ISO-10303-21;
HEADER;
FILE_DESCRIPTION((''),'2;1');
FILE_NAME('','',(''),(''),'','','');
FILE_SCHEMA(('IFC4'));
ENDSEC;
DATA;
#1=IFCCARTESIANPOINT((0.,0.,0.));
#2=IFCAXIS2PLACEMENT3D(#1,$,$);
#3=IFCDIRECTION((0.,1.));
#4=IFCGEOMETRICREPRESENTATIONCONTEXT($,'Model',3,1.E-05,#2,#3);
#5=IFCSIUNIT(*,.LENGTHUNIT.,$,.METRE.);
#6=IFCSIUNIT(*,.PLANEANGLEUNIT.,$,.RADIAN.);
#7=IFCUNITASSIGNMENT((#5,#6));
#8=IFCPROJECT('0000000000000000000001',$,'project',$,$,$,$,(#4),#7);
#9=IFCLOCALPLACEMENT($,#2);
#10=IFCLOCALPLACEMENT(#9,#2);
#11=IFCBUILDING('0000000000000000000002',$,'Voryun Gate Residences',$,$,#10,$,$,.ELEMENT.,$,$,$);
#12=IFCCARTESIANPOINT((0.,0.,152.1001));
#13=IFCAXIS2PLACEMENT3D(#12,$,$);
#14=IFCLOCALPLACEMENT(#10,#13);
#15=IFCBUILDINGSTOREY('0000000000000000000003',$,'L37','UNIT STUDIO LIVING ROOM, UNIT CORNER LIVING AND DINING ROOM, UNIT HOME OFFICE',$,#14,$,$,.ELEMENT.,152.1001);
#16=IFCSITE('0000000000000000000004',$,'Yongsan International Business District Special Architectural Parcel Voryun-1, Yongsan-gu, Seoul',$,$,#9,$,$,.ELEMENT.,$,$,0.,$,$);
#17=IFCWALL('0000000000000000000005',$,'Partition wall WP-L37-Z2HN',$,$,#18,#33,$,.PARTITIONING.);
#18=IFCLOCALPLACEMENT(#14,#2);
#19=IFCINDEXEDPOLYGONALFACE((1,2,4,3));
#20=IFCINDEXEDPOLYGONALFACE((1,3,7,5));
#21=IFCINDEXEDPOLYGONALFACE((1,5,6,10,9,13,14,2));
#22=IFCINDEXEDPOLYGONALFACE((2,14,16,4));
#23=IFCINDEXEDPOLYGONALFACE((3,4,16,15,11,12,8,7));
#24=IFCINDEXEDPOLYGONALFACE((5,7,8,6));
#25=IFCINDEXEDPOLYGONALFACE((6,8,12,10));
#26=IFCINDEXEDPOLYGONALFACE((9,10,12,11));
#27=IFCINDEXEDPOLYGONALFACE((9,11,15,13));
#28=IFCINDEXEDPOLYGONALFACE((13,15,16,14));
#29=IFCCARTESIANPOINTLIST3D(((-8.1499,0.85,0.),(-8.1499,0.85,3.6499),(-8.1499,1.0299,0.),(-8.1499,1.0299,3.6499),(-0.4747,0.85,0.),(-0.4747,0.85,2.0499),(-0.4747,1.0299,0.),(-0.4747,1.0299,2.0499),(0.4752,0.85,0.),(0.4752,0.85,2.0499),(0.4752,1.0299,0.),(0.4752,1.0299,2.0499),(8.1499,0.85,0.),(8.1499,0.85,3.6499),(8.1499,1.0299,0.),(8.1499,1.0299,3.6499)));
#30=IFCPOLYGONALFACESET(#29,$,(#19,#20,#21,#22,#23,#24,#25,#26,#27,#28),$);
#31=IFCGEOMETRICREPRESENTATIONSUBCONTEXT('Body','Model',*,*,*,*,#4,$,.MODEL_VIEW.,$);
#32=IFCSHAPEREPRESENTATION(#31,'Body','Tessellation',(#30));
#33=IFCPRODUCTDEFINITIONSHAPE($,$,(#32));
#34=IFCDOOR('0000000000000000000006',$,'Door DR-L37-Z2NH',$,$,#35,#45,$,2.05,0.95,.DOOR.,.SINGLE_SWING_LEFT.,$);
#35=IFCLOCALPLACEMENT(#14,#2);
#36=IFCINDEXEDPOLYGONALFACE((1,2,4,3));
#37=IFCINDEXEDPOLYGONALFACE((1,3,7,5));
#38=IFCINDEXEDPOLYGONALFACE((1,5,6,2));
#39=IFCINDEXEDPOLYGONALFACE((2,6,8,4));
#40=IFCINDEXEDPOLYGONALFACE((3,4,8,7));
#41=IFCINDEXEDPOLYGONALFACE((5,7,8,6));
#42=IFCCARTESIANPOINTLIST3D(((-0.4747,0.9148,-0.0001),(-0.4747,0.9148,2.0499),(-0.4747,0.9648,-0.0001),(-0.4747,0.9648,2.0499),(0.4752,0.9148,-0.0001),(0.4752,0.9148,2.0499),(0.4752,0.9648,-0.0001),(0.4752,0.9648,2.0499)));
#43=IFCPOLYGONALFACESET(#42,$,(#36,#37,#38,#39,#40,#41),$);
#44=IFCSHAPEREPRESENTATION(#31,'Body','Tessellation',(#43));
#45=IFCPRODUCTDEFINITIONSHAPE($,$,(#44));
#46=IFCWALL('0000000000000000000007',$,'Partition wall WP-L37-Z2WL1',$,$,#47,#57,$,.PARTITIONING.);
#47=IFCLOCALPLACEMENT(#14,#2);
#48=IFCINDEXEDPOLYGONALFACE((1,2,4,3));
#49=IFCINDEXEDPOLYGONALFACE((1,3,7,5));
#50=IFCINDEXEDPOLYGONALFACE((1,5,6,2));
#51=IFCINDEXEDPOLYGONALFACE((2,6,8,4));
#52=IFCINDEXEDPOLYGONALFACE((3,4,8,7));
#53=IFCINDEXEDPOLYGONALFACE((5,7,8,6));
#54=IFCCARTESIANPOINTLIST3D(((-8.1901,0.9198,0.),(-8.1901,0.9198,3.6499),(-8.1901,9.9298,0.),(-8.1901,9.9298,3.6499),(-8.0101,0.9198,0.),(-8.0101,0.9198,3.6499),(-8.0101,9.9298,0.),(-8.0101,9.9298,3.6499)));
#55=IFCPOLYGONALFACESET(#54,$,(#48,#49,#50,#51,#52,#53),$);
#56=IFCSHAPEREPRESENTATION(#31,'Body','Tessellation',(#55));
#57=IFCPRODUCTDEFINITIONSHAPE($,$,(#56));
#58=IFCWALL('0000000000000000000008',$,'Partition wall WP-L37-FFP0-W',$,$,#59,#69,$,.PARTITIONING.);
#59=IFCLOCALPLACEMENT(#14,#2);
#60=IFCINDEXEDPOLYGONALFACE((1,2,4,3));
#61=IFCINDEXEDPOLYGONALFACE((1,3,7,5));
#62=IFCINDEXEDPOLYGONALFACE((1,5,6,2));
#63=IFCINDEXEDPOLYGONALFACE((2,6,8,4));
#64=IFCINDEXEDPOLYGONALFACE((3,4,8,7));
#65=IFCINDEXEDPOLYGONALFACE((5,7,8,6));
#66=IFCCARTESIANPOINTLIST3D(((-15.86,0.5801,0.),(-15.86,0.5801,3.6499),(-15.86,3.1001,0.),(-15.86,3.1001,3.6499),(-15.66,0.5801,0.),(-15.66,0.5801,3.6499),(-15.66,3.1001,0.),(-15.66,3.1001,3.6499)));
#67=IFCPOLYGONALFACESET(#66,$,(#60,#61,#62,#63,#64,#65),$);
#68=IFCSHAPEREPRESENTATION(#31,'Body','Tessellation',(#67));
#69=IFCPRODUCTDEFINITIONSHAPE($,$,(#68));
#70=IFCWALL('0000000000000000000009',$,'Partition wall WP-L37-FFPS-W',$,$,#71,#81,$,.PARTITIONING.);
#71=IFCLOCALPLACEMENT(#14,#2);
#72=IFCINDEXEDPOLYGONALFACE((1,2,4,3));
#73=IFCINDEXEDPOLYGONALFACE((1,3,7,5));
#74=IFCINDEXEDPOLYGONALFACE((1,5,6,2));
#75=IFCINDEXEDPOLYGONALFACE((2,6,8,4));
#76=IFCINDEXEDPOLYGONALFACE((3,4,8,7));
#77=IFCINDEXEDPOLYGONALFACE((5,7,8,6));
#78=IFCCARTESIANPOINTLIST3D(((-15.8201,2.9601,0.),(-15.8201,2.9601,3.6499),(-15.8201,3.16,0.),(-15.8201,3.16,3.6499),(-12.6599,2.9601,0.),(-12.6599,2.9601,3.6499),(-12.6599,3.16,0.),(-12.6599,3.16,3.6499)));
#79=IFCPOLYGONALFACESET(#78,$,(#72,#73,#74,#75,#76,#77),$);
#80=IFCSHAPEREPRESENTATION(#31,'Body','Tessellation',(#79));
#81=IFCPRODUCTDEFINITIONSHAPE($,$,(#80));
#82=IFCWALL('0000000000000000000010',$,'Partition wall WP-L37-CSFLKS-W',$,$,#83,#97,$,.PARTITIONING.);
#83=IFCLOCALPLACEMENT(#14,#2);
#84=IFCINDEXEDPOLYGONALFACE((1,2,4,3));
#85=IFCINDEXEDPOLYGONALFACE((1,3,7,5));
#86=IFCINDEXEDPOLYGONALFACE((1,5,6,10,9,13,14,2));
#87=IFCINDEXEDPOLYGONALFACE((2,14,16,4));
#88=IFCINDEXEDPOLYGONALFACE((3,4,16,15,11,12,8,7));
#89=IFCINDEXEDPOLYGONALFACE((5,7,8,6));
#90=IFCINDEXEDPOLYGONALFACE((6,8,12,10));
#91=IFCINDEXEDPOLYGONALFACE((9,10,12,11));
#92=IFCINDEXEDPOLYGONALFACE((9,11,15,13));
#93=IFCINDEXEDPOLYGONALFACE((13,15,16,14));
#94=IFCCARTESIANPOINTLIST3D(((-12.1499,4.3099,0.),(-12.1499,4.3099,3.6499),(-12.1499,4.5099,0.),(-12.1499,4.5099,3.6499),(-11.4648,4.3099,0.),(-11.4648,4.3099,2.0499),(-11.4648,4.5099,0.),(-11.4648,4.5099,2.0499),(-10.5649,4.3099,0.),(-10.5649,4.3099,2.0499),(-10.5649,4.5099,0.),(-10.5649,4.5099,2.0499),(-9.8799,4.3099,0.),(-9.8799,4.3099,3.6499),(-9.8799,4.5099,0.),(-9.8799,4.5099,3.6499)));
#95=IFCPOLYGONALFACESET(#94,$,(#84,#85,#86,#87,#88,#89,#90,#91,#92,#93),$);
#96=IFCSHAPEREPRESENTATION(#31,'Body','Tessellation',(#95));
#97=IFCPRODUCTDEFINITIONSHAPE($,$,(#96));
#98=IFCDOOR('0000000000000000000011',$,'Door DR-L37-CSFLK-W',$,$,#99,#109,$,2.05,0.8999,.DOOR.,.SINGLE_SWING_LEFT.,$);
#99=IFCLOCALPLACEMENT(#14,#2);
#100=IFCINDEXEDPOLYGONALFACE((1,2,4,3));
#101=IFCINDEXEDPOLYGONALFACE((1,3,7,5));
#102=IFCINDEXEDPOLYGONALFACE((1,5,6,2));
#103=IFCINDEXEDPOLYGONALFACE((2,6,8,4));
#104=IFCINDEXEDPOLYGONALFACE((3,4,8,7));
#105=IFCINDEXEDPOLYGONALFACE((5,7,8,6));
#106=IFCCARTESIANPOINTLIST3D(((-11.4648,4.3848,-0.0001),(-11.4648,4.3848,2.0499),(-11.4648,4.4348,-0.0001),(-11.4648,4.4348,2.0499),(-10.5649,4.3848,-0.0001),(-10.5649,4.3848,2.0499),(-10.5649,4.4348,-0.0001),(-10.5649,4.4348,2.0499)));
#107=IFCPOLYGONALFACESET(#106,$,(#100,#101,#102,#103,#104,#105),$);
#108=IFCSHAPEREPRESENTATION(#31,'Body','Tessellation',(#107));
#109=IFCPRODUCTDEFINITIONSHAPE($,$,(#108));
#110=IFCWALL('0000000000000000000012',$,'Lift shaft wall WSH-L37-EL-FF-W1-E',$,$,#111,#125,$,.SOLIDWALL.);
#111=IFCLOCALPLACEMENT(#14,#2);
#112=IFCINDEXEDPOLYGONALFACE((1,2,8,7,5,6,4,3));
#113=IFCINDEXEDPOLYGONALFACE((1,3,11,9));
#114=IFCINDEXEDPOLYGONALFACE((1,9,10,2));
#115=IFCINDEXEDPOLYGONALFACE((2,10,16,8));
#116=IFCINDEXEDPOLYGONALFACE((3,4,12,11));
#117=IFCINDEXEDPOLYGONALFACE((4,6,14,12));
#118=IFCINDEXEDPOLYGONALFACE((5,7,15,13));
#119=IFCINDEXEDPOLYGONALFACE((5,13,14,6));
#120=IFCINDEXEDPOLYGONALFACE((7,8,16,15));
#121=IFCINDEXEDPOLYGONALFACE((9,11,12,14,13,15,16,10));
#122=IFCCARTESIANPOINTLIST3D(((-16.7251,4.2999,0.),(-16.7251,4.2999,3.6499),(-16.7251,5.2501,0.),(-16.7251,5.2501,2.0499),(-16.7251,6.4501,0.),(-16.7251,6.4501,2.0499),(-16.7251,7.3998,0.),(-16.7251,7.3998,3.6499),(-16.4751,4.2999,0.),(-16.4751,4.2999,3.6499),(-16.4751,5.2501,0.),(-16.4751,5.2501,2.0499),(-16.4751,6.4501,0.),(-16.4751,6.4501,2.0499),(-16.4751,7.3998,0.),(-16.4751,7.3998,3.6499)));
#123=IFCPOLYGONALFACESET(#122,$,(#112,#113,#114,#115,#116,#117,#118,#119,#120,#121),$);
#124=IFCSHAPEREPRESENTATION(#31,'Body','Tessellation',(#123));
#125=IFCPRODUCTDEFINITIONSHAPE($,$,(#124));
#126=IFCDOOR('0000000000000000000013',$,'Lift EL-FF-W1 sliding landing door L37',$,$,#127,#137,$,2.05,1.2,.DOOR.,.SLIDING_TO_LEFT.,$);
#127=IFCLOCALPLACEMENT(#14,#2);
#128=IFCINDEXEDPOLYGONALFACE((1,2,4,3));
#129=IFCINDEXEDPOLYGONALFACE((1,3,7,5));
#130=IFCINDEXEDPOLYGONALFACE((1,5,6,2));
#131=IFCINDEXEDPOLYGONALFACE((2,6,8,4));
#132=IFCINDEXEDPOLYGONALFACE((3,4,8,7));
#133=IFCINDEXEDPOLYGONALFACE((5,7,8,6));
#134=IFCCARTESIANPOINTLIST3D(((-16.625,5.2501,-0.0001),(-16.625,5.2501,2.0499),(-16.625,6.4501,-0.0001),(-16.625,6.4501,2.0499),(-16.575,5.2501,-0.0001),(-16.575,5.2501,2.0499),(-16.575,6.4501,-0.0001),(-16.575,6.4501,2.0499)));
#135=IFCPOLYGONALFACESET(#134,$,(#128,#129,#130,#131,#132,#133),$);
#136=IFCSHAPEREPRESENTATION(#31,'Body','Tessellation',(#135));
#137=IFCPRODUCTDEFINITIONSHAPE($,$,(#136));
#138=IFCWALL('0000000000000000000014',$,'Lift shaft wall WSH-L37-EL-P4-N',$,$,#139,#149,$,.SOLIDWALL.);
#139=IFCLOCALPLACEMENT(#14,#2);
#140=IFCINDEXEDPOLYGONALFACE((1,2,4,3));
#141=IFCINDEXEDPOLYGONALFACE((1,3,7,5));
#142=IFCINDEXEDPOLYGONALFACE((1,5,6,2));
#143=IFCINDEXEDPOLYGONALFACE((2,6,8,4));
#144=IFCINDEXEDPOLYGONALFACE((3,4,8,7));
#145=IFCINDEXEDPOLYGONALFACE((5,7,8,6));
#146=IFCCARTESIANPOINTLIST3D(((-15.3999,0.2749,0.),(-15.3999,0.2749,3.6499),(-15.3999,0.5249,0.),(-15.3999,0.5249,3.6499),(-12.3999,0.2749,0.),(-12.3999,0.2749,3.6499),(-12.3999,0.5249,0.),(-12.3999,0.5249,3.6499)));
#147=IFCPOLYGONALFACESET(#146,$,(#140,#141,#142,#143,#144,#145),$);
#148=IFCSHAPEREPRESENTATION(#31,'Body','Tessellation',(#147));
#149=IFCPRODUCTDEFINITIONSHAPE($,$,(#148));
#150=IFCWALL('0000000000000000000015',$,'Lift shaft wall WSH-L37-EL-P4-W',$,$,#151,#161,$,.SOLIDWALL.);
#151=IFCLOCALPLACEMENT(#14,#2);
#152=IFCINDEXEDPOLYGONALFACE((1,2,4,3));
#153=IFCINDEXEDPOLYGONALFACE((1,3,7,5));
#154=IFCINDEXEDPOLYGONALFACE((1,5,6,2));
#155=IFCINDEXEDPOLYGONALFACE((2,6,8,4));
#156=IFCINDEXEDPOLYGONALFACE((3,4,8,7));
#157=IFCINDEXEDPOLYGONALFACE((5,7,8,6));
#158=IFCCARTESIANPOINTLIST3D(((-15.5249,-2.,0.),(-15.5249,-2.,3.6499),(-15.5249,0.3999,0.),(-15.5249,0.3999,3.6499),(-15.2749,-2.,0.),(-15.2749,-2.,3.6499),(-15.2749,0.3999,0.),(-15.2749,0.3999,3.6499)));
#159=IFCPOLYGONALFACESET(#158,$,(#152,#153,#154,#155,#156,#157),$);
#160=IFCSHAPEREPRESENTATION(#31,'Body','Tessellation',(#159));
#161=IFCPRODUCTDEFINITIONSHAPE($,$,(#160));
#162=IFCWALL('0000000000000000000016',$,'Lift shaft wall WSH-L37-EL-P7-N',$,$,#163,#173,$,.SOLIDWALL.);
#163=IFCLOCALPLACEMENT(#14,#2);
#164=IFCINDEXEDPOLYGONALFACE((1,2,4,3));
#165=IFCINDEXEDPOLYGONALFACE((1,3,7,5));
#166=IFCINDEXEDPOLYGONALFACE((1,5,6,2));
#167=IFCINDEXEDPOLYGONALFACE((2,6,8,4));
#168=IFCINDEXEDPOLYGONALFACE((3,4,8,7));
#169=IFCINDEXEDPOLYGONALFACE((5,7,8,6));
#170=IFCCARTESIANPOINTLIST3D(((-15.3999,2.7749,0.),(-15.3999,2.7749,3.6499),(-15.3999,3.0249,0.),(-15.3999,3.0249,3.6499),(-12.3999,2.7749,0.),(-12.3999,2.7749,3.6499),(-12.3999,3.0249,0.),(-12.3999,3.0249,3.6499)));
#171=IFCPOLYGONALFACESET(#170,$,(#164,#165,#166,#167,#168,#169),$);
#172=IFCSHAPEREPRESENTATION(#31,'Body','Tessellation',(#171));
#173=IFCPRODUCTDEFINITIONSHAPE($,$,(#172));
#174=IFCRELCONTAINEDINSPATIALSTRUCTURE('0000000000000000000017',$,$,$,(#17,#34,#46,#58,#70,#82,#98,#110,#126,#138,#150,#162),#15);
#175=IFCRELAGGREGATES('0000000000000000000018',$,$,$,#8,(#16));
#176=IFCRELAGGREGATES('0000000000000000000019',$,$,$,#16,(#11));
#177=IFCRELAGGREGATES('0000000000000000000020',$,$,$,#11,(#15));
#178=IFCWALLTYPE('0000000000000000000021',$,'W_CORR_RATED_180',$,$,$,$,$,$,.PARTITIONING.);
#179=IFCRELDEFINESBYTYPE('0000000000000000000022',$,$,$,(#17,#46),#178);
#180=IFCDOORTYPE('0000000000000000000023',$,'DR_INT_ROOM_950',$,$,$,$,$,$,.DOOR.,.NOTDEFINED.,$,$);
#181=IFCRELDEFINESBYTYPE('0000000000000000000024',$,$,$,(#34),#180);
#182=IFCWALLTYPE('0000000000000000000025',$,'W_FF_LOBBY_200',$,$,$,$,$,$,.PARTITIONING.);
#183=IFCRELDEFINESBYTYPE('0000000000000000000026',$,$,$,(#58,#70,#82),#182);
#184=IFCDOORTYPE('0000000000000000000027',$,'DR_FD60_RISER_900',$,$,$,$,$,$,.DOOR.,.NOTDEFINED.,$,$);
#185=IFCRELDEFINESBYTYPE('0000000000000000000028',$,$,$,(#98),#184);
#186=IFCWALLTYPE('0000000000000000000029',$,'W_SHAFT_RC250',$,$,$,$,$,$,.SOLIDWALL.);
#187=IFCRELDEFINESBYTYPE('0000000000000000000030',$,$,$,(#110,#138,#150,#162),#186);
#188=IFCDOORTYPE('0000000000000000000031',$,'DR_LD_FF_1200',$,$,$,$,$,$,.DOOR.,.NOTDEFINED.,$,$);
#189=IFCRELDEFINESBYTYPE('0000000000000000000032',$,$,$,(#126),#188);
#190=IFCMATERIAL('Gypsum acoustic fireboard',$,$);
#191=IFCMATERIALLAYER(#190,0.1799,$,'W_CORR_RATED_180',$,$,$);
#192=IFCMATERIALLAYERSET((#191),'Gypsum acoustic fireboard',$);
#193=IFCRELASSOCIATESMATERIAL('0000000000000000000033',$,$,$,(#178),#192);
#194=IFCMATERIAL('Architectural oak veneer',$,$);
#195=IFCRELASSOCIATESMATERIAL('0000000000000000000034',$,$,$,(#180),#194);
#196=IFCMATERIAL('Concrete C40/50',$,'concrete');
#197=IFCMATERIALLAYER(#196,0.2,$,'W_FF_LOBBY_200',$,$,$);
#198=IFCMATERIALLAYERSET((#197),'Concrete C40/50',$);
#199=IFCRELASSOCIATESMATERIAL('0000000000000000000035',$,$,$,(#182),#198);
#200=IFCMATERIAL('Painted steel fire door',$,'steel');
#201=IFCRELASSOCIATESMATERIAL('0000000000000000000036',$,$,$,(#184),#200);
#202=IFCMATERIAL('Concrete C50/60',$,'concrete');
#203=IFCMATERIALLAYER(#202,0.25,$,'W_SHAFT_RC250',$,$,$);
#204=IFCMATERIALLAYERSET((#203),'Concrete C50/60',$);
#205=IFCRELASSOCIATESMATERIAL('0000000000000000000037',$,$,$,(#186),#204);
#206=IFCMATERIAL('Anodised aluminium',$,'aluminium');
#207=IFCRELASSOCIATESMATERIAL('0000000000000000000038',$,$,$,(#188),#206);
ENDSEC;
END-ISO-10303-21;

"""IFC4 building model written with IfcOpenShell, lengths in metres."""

from ifc_helpers import new_model, si_unit, direction, frame, frame_2d, origin, place, context, subcontext, project, spatial, rectangle, extrude, material, layer, layer_set, type_object, element, fill, save


model = new_model("IFC4")

# Units and contexts
model_context = context("Model", 3, precision=1e-05, world=origin(), true_north=direction((0.0, 1.0)))
body_context = subcontext(model_context, "Body", "Model", "MODEL_VIEW")
ifc_project = project(units=[si_unit("LENGTHUNIT", "METRE"), si_unit("PLANEANGLEUNIT", "RADIAN")], contexts=[model_context])

# Site, building, storey
site_placement = place(None, origin())
site = spatial("IfcSite", under=ifc_project, at=site_placement, Name="Yongsan International Business District Special Architectural Parcel Voryun-1, Yongsan-gu, Seoul", CompositionType="ELEMENT", RefElevation=0.0)
building_placement = place(site_placement, origin())
building = spatial("IfcBuilding", under=site, at=building_placement, Name="Voryun Gate Residences", CompositionType="ELEMENT")
storey_placement = place(building_placement, frame((0.0, 0.0, 152.1001)))
storey = spatial("IfcBuildingStorey", under=building, at=storey_placement, Name="L37", Description="UNIT STUDIO LIVING ROOM, UNIT CORNER LIVING AND DINING ROOM, UNIT HOME OFFICE", CompositionType="ELEMENT", Elevation=152.1001)

# Shared definitions
ifc_material_1 = material(Name="Gypsum acoustic fireboard")
ifc_layer_1 = layer(ifc_material_1, 0.1799, Name="W_CORR_RATED_180")
ifc_layer_set_1 = layer_set([ifc_layer_1], Name="Gypsum acoustic fireboard")
wall_type_1 = type_object("IfcWallType", Name="W_CORR_RATED_180", PredefinedType="PARTITIONING", material=ifc_layer_set_1)

# Wall, opening, door
wall_1_placement = place(storey_placement, frame((-8.1499, 0.9399, 0.0), z_axis=(0.0, 0.0, 1.0), x_axis=(1.0, 0.0, 0.0)))
wall_1 = element("IfcWall", 1, at=wall_1_placement, inside=storey, type_object=wall_type_1, Name="Partition wall WP-L37-Z2HN", PredefinedType="PARTITIONING", context=body_context, shape_type="SweptSolid", body=[
    extrude(rectangle(XDim=16.2998, YDim=0.1799, at=frame_2d((8.1499, 0.0))), origin(), (0.0, 0.0, 1.0), 3.6499),
])
opening_1_placement = place(wall_1_placement, frame((7.675, 0.0, 0.0)))
opening_1 = element("IfcOpeningElement", 2, at=opening_1_placement, cuts=wall_1, PredefinedType="OPENING", context=body_context, shape_type="SweptSolid", body=[
    extrude(rectangle(XDim=0.95, YDim=2.05, at=frame_2d((0.4751, 1.0249))), frame((0.0, 0.0999, 0.0), z_axis=(0.0, -1.0, 0.0), x_axis=(1.0, 0.0, 0.0)), (0.0, 0.0, 1.0), 0.2),
])
ifc_material_2 = material(Name="Architectural oak veneer")
door_type_1 = type_object("IfcDoorType", Name="DR_INT_ROOM_950", OperationType="NOTDEFINED", PredefinedType="DOOR", material=ifc_material_2)
door_1_placement = place(opening_1_placement, origin())
door_1 = element("IfcDoor", 3, at=door_1_placement, inside=storey, type_object=door_type_1, Name="Door DR-L37-Z2NH", OperationType="SINGLE_SWING_LEFT", OverallHeight=2.05, OverallWidth=0.95, PredefinedType="DOOR", context=body_context, shape_type="SweptSolid", body=[
    extrude(rectangle(XDim=0.95, YDim=2.05, at=frame_2d((0.4751, 1.0249))), frame((0.0, 0.0249, 0.0), z_axis=(0.0, -1.0, 0.0), x_axis=(1.0, 0.0, 0.0)), (0.0, 0.0, 1.0), 0.05),
])
fill(opening_1, door_1)

# Walls
wall_2_placement = place(storey_placement, frame((-8.1001, 0.9199, 0.0), z_axis=(0.0, 0.0, 1.0), x_axis=(0.0, 1.0, 0.0)))
element("IfcWall", 4, at=wall_2_placement, inside=storey, type_object=wall_type_1, Name="Partition wall WP-L37-Z2WL1", PredefinedType="PARTITIONING", context=body_context, shape_type="SweptSolid", body=[
    extrude(rectangle(XDim=9.01, YDim=0.1799, at=frame_2d((4.5049, 0.0))), origin(), (0.0, 0.0, 1.0), 3.6499),
])
ifc_material_3 = material(Name="Concrete C40/50", Category="concrete")
ifc_layer_2 = layer(ifc_material_3, 0.2, Name="W_FF_LOBBY_200")
ifc_layer_set_2 = layer_set([ifc_layer_2], Name="Concrete C40/50")
wall_type_2 = type_object("IfcWallType", Name="W_FF_LOBBY_200", PredefinedType="PARTITIONING", material=ifc_layer_set_2)
wall_3_placement = place(storey_placement, frame((-15.76, 0.5801, 0.0), z_axis=(0.0, 0.0, 1.0), x_axis=(0.0, 1.0, 0.0)))
element("IfcWall", 5, at=wall_3_placement, inside=storey, type_object=wall_type_2, Name="Partition wall WP-L37-FFP0-W", PredefinedType="PARTITIONING", context=body_context, shape_type="SweptSolid", body=[
    extrude(rectangle(XDim=2.52, YDim=0.2, at=frame_2d((1.26, 0.0))), origin(), (0.0, 0.0, 1.0), 3.6499),
])
wall_4_placement = place(storey_placement, frame((-15.8201, 3.0601, 0.0), z_axis=(0.0, 0.0, 1.0), x_axis=(1.0, 0.0, 0.0)))
element("IfcWall", 6, at=wall_4_placement, inside=storey, type_object=wall_type_2, Name="Partition wall WP-L37-FFPS-W", PredefinedType="PARTITIONING", context=body_context, shape_type="SweptSolid", body=[
    extrude(rectangle(XDim=3.1602, YDim=0.2, at=frame_2d((1.5801, 0.0))), origin(), (0.0, 0.0, 1.0), 3.6499),
])

# Walls, openings, doors
wall_5_placement = place(storey_placement, frame((-12.1499, 4.4099, 0.0), z_axis=(0.0, 0.0, 1.0), x_axis=(1.0, 0.0, 0.0)))
wall_5 = element("IfcWall", 7, at=wall_5_placement, inside=storey, type_object=wall_type_2, Name="Partition wall WP-L37-CSFLKS-W", PredefinedType="PARTITIONING", context=body_context, shape_type="SweptSolid", body=[
    extrude(rectangle(XDim=2.27, YDim=0.2, at=frame_2d((1.135, 0.0))), origin(), (0.0, 0.0, 1.0), 3.6499),
])
opening_2_placement = place(wall_5_placement, frame((0.6851, 0.0, 0.0)))
opening_2 = element("IfcOpeningElement", 8, at=opening_2_placement, cuts=wall_5, PredefinedType="OPENING", context=body_context, shape_type="SweptSolid", body=[
    extrude(rectangle(XDim=0.8999, YDim=2.05, at=frame_2d((0.45, 1.0249))), frame((0.0, 0.1101, 0.0), z_axis=(0.0, -1.0, 0.0), x_axis=(1.0, 0.0, 0.0)), (0.0, 0.0, 1.0), 0.22),
])
ifc_material_4 = material(Name="Painted steel fire door", Category="steel")
door_type_2 = type_object("IfcDoorType", Name="DR_FD60_RISER_900", OperationType="NOTDEFINED", PredefinedType="DOOR", material=ifc_material_4)
door_2_placement = place(opening_2_placement, origin())
door_2 = element("IfcDoor", 9, at=door_2_placement, inside=storey, type_object=door_type_2, Name="Door DR-L37-CSFLK-W", OperationType="SINGLE_SWING_LEFT", OverallHeight=2.05, OverallWidth=0.8999, PredefinedType="DOOR", context=body_context, shape_type="SweptSolid", body=[
    extrude(rectangle(XDim=0.8999, YDim=2.05, at=frame_2d((0.45, 1.0249))), frame((0.0, 0.0249, 0.0), z_axis=(0.0, -1.0, 0.0), x_axis=(1.0, 0.0, 0.0)), (0.0, 0.0, 1.0), 0.05),
])
fill(opening_2, door_2)
ifc_material_5 = material(Name="Concrete C50/60", Category="concrete")
ifc_layer_3 = layer(ifc_material_5, 0.25, Name="W_SHAFT_RC250")
ifc_layer_set_3 = layer_set([ifc_layer_3], Name="Concrete C50/60")
wall_type_3 = type_object("IfcWallType", Name="W_SHAFT_RC250", PredefinedType="SOLIDWALL", material=ifc_layer_set_3)
wall_6_placement = place(storey_placement, frame((-16.6001, 4.3, 0.0), z_axis=(0.0, 0.0, 1.0), x_axis=(0.0, 1.0, 0.0)))
wall_6 = element("IfcWall", 10, at=wall_6_placement, inside=storey, type_object=wall_type_3, Name="Lift shaft wall WSH-L37-EL-FF-W1-E", PredefinedType="SOLIDWALL", context=body_context, shape_type="SweptSolid", body=[
    extrude(rectangle(XDim=3.0999, YDim=0.25, at=frame_2d((1.5498, 0.0))), origin(), (0.0, 0.0, 1.0), 3.6499),
])
opening_3_placement = place(wall_6_placement, frame((0.95, 0.0, 0.0)))
opening_3 = element("IfcOpeningElement", 11, at=opening_3_placement, cuts=wall_6, PredefinedType="OPENING", context=body_context, shape_type="SweptSolid", body=[
    extrude(rectangle(XDim=1.2, YDim=2.05, at=frame_2d((0.6001, 1.0249))), frame((0.0, 0.135, 0.0), z_axis=(0.0, -1.0, 0.0), x_axis=(1.0, 0.0, 0.0)), (0.0, 0.0, 1.0), 0.27),
])
ifc_material_6 = material(Name="Anodised aluminium", Category="aluminium")
door_type_3 = type_object("IfcDoorType", Name="DR_LD_FF_1200", OperationType="NOTDEFINED", PredefinedType="DOOR", material=ifc_material_6)
door_3_placement = place(opening_3_placement, origin())
door_3 = element("IfcDoor", 12, at=door_3_placement, inside=storey, type_object=door_type_3, Name="Lift EL-FF-W1 sliding landing door L37", OperationType="SLIDING_TO_LEFT", OverallHeight=2.05, OverallWidth=1.2, PredefinedType="DOOR", context=body_context, shape_type="SweptSolid", body=[
    extrude(rectangle(XDim=1.2, YDim=2.05, at=frame_2d((0.6001, 1.0249))), frame((0.0, 0.0249, 0.0), z_axis=(0.0, -1.0, 0.0), x_axis=(1.0, 0.0, 0.0)), (0.0, 0.0, 1.0), 0.05),
])
fill(opening_3, door_3)

# Walls
wall_7_placement = place(storey_placement, frame((-12.3999, 0.3999, 0.0), z_axis=(0.0, 0.0, 1.0), x_axis=(-1.0, 0.0, 0.0)))
element("IfcWall", 13, at=wall_7_placement, inside=storey, type_object=wall_type_3, Name="Lift shaft wall WSH-L37-EL-P4-N", PredefinedType="SOLIDWALL", context=body_context, shape_type="SweptSolid", body=[
    extrude(rectangle(XDim=3.0, YDim=0.25, at=frame_2d((1.5, 0.0))), origin(), (0.0, 0.0, 1.0), 3.6499),
])
wall_8_placement = place(storey_placement, frame((-15.3999, 0.3999, 0.0), z_axis=(0.0, 0.0, 1.0), x_axis=(0.0, -1.0, 0.0)))
element("IfcWall", 14, at=wall_8_placement, inside=storey, type_object=wall_type_3, Name="Lift shaft wall WSH-L37-EL-P4-W", PredefinedType="SOLIDWALL", context=body_context, shape_type="SweptSolid", body=[
    extrude(rectangle(XDim=2.3999, YDim=0.25, at=frame_2d((1.2, 0.0))), origin(), (0.0, 0.0, 1.0), 3.6499),
])
wall_9_placement = place(storey_placement, frame((-12.3999, 2.8999, 0.0), z_axis=(0.0, 0.0, 1.0), x_axis=(-1.0, 0.0, 0.0)))
element("IfcWall", 15, at=wall_9_placement, inside=storey, type_object=wall_type_3, Name="Lift shaft wall WSH-L37-EL-P7-N", PredefinedType="SOLIDWALL", context=body_context, shape_type="SweptSolid", body=[
    extrude(rectangle(XDim=3.0, YDim=0.25, at=frame_2d((1.5, 0.0))), origin(), (0.0, 0.0, 1.0), 3.6499),
])

save(model, "model.ifc")
